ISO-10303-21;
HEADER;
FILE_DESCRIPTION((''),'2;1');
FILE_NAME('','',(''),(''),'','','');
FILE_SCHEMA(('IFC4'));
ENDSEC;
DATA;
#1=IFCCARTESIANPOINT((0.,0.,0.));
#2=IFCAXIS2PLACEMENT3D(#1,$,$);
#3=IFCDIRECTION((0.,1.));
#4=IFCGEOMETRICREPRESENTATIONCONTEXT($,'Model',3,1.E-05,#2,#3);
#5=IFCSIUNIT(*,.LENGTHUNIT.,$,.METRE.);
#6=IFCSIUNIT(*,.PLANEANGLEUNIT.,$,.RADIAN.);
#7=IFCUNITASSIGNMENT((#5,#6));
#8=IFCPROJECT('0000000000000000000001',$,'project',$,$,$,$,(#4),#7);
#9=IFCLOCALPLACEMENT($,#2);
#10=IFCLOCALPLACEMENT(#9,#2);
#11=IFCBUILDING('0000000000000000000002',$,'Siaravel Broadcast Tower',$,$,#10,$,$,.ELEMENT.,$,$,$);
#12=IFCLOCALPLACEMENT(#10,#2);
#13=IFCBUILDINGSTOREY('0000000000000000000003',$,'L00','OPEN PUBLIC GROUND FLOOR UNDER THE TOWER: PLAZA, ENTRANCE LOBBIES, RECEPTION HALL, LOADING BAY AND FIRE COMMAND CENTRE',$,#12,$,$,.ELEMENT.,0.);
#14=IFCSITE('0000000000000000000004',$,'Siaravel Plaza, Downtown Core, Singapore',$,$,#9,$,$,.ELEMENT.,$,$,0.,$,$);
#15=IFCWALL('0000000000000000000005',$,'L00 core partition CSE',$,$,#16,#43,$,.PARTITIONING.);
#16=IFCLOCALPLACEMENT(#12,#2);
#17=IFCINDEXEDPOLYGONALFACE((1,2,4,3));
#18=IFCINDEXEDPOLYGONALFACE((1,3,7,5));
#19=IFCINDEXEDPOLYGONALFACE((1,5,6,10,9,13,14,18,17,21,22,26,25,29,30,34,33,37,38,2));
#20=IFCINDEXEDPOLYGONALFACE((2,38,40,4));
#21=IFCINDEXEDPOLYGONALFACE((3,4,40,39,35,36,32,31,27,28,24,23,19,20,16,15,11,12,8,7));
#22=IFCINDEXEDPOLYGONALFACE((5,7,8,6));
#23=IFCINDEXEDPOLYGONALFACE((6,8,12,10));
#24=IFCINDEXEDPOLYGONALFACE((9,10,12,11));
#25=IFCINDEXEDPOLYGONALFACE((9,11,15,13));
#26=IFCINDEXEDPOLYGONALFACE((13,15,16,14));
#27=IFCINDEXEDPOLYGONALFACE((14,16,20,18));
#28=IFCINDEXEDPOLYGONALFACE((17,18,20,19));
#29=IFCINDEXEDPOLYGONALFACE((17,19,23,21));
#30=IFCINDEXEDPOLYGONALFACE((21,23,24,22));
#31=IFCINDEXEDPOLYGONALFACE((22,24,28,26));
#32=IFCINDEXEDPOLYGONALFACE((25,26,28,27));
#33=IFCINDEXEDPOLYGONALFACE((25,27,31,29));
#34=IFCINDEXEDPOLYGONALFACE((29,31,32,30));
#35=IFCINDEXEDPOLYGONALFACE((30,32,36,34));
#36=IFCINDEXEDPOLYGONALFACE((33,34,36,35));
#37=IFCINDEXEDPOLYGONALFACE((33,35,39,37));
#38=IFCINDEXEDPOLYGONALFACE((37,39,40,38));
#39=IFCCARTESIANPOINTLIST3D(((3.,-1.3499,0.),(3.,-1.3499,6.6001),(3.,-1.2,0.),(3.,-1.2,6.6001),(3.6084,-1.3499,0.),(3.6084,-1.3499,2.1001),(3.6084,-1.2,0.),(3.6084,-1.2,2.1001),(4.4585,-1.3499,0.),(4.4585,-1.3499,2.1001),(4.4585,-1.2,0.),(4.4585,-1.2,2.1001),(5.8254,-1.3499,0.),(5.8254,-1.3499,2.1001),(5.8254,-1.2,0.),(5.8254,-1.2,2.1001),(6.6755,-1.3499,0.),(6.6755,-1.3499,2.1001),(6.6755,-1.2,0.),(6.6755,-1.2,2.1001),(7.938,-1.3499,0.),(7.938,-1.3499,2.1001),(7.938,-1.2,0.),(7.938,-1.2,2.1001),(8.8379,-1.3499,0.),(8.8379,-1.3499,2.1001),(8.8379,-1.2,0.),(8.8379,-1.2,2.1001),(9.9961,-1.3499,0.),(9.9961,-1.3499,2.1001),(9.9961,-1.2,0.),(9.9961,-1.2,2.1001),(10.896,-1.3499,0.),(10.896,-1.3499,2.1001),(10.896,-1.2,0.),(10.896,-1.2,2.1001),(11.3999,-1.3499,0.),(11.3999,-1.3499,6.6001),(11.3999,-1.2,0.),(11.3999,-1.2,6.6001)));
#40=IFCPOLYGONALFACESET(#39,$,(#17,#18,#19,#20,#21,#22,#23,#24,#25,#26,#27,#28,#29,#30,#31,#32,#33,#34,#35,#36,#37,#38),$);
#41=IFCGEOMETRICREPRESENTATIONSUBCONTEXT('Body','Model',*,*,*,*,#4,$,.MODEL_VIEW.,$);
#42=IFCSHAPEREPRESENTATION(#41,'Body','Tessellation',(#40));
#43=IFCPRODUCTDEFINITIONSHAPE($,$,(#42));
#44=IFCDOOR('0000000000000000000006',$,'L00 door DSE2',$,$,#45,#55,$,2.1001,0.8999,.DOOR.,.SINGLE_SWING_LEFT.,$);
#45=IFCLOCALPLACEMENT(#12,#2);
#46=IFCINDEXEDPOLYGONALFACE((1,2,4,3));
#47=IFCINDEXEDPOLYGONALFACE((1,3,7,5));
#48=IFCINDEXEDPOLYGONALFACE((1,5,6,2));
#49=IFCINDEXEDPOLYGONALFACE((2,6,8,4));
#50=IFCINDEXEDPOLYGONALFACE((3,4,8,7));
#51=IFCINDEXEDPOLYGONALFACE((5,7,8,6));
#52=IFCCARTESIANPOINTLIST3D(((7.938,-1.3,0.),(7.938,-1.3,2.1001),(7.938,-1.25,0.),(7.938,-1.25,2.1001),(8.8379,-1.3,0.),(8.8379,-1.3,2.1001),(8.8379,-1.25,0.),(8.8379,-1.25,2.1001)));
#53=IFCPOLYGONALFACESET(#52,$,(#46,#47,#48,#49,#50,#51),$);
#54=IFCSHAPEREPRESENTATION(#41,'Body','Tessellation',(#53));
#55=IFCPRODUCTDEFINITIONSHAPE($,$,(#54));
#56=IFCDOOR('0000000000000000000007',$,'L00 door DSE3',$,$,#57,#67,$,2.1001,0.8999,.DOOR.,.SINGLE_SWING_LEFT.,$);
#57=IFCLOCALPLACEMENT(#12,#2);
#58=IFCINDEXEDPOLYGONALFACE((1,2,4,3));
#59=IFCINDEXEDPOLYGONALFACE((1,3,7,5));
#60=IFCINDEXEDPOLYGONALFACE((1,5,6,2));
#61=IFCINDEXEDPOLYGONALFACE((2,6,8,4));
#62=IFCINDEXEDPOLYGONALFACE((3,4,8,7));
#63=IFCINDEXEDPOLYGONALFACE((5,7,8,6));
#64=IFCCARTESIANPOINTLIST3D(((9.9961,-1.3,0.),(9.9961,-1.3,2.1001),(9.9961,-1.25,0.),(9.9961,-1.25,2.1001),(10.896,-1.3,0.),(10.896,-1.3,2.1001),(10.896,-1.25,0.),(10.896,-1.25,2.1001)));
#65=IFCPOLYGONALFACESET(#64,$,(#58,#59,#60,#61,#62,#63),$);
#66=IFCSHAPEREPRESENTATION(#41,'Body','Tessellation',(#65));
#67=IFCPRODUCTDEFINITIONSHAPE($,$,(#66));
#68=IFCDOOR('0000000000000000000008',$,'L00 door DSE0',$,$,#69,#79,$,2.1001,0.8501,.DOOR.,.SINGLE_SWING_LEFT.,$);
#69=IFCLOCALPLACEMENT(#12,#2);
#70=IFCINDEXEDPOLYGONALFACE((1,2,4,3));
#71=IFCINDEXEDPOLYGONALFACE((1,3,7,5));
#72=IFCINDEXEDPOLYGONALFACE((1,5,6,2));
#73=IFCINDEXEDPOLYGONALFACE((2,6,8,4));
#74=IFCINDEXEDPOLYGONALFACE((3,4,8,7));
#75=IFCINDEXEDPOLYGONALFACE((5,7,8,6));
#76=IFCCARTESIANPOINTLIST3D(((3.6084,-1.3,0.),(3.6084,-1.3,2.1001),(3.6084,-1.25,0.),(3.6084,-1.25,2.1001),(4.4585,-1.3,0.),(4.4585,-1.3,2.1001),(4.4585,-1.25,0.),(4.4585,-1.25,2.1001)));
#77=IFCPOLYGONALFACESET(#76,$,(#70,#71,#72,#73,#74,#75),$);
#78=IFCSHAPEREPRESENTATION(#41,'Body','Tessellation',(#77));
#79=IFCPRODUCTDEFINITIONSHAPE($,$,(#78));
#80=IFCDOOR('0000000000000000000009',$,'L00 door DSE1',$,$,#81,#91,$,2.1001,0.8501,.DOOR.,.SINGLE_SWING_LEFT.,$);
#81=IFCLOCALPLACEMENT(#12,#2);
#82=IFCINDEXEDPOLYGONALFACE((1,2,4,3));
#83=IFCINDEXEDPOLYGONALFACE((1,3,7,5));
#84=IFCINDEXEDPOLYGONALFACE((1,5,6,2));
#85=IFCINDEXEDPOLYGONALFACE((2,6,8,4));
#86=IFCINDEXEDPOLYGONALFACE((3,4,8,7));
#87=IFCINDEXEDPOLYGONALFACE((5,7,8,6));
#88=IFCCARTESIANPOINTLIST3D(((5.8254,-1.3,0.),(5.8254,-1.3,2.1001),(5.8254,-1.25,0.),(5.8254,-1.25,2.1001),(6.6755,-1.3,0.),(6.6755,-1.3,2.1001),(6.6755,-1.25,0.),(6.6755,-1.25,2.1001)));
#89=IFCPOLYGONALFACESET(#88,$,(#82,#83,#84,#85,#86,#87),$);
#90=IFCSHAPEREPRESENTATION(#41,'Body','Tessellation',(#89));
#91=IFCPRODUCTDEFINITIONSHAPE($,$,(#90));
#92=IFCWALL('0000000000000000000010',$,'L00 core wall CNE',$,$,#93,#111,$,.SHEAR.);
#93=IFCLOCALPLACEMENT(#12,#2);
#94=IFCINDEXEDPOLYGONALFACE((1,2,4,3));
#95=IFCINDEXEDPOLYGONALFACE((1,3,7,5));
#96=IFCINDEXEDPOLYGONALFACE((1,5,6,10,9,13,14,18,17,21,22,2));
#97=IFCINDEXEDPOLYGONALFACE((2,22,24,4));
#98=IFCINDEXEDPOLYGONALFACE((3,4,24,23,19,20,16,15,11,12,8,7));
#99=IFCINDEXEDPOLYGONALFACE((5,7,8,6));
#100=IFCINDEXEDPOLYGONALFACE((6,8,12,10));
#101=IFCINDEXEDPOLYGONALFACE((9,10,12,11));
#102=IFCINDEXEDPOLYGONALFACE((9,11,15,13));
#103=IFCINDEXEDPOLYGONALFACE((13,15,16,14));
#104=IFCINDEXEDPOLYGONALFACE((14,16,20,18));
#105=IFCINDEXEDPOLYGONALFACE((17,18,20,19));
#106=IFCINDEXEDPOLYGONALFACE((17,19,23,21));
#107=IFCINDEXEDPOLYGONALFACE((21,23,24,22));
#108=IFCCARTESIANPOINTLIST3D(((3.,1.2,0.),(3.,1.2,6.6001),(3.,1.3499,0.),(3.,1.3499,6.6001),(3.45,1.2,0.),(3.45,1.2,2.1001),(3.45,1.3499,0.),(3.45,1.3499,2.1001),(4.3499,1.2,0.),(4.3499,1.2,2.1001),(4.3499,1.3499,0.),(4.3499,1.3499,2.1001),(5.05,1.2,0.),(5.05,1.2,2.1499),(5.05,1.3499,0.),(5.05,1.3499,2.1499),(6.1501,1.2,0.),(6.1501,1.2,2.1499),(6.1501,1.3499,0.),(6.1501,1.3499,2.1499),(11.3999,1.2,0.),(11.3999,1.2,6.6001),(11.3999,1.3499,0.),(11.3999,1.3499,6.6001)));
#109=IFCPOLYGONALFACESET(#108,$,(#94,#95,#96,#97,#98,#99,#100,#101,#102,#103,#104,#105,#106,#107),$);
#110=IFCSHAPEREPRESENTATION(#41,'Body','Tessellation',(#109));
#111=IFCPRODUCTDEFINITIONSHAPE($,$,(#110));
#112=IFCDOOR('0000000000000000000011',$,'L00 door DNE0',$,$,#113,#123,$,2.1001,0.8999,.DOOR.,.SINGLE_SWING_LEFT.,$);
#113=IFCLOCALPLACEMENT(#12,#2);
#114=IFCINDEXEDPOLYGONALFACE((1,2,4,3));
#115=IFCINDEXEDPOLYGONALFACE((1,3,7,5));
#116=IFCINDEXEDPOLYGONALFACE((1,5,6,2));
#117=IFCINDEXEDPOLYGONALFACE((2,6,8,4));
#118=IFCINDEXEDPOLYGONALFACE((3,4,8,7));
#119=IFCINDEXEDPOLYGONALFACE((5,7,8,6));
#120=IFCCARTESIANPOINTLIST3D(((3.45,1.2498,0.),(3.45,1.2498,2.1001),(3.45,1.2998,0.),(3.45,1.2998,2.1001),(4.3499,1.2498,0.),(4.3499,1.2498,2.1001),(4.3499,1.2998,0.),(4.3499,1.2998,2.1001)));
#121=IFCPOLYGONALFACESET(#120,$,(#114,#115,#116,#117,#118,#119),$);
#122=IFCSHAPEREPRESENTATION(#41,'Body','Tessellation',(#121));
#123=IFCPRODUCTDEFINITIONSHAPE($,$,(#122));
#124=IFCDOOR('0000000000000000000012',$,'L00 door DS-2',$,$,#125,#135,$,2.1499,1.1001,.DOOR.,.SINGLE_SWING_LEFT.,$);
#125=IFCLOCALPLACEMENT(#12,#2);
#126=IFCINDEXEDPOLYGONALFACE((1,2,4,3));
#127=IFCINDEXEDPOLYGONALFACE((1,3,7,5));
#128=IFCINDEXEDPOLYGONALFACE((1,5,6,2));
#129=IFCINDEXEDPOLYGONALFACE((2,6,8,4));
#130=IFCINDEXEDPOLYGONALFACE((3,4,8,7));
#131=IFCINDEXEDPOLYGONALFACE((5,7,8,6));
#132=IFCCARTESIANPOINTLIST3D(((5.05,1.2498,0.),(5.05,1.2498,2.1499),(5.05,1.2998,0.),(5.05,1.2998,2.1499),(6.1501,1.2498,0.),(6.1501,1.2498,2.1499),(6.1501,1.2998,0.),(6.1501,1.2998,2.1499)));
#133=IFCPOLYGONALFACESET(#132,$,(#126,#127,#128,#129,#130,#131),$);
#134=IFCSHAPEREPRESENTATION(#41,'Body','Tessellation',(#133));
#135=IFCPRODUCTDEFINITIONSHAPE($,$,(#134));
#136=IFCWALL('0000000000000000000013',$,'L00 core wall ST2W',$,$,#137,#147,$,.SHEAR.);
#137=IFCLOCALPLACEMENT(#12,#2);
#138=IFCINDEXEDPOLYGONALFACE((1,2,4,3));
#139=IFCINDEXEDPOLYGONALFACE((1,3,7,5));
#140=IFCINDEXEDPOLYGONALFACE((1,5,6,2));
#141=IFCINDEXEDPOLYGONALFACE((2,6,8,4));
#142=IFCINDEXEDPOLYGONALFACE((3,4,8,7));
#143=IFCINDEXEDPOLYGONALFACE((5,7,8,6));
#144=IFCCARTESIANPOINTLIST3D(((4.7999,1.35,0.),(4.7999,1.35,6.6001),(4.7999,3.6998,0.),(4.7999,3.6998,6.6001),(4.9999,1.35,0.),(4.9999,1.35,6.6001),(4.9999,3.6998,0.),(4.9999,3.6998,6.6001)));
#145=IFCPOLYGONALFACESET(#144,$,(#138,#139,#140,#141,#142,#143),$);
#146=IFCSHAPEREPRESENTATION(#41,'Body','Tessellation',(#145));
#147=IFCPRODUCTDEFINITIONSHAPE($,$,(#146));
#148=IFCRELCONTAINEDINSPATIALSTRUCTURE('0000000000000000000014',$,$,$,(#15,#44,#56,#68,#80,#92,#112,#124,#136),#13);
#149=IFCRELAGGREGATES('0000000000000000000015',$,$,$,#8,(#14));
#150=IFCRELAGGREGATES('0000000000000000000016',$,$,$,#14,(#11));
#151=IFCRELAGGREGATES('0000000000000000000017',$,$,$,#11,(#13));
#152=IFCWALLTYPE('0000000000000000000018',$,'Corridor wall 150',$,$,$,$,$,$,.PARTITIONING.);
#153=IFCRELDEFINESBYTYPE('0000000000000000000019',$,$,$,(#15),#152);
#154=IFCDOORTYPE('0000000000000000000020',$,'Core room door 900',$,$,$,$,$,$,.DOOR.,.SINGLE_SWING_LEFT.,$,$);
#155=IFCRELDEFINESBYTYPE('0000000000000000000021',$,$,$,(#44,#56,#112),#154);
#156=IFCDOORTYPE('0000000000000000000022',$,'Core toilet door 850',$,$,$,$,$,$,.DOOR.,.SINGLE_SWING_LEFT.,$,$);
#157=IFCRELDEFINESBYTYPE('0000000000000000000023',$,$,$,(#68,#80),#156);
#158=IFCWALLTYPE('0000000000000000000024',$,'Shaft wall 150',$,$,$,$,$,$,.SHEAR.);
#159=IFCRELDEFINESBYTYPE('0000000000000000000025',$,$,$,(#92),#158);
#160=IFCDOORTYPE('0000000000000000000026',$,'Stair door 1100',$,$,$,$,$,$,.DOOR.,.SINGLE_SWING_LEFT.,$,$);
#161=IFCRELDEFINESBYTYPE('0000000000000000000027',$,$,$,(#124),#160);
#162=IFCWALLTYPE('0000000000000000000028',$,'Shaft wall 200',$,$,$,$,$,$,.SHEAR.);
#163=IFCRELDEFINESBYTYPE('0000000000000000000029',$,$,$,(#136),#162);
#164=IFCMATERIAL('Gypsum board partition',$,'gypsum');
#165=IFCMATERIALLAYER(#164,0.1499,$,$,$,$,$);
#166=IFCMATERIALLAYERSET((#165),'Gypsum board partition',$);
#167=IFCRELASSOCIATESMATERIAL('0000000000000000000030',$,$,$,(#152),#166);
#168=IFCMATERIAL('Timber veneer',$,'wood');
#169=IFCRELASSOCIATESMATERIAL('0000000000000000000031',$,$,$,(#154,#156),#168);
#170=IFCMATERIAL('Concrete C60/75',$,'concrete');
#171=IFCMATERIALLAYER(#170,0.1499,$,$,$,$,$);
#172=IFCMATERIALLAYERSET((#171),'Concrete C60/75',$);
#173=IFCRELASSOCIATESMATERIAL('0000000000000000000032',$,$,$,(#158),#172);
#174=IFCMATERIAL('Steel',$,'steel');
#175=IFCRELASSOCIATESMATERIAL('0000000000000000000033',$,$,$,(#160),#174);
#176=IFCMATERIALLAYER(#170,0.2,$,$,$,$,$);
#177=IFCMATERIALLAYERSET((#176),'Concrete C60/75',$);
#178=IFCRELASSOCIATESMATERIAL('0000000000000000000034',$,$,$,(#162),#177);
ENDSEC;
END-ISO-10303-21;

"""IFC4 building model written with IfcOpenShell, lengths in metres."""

from ifc_helpers import new_model, si_unit, direction, frame, frame_2d, origin, place, context, subcontext, project, spatial, rectangle, extrude, material, layer, layer_set, type_object, element, fill, save


model = new_model("IFC4")

# Units and contexts
model_context = context("Model", 3, precision=1e-05, world=origin(), true_north=direction((0.0, 1.0)))
body_context = subcontext(model_context, "Body", "Model", "MODEL_VIEW")
ifc_project = project(units=[si_unit("LENGTHUNIT", "METRE"), si_unit("PLANEANGLEUNIT", "RADIAN")], contexts=[model_context])

# Site, building, storey
site_placement = place(None, origin())
site = spatial("IfcSite", under=ifc_project, at=site_placement, Name="Siaravel Plaza, Downtown Core, Singapore", CompositionType="ELEMENT", RefElevation=0.0)
building_placement = place(site_placement, origin())
building = spatial("IfcBuilding", under=site, at=building_placement, Name="Siaravel Broadcast Tower", CompositionType="ELEMENT")
storey_placement = place(building_placement, origin())
storey = spatial("IfcBuildingStorey", under=building, at=storey_placement, Name="L00", Description="OPEN PUBLIC GROUND FLOOR UNDER THE TOWER: PLAZA, ENTRANCE LOBBIES, RECEPTION HALL, LOADING BAY AND FIRE COMMAND CENTRE", CompositionType="ELEMENT", Elevation=0.0)

# Walls, openings, doors
ifc_material_1 = material(Name="Gypsum board partition", Category="gypsum")
ifc_layer_1 = layer(ifc_material_1, 0.1499)
ifc_layer_set_1 = layer_set([ifc_layer_1], Name="Gypsum board partition")
wall_type_1 = type_object("IfcWallType", Name="Corridor wall 150", PredefinedType="PARTITIONING", material=ifc_layer_set_1)
wall_1_placement = place(storey_placement, frame((3.0, -1.2749, 0.0), z_axis=(0.0, 0.0, 1.0), x_axis=(1.0, 0.0, 0.0)))
wall_1 = element("IfcWall", 1, at=wall_1_placement, inside=storey, type_object=wall_type_1, Name="L00 core partition CSE", PredefinedType="PARTITIONING", context=body_context, shape_type="SweptSolid", body=[
    extrude(rectangle(XDim=8.3999, YDim=0.1499, at=frame_2d((4.2, 0.0))), origin(), (0.0, 0.0, 1.0), 6.6001),
])
opening_1_placement = place(wall_1_placement, frame((0.6084, 0.0, 0.0)))
opening_1 = element("IfcOpeningElement", 2, at=opening_1_placement, cuts=wall_1, PredefinedType="OPENING", context=body_context, shape_type="SweptSolid", body=[
    extrude(rectangle(XDim=0.8501, YDim=2.1001, at=frame_2d((0.425, 1.05))), frame((0.0, 0.085, 0.0), z_axis=(0.0, -1.0, 0.0), x_axis=(1.0, 0.0, 0.0)), (0.0, 0.0, 1.0), 0.1699),
])
opening_2_placement = place(wall_1_placement, frame((2.8254, 0.0, 0.0)))
opening_2 = element("IfcOpeningElement", 3, at=opening_2_placement, cuts=wall_1, PredefinedType="OPENING", context=body_context, shape_type="SweptSolid", body=[
    extrude(rectangle(XDim=0.8501, YDim=2.1001, at=frame_2d((0.425, 1.05))), frame((0.0, 0.085, 0.0), z_axis=(0.0, -1.0, 0.0), x_axis=(1.0, 0.0, 0.0)), (0.0, 0.0, 1.0), 0.1699),
])
opening_3_placement = place(wall_1_placement, frame((4.938, 0.0, 0.0)))
opening_3 = element("IfcOpeningElement", 4, at=opening_3_placement, cuts=wall_1, PredefinedType="OPENING", context=body_context, shape_type="SweptSolid", body=[
    extrude(rectangle(XDim=0.8999, YDim=2.1001, at=frame_2d((0.45, 1.05))), frame((0.0, 0.085, 0.0), z_axis=(0.0, -1.0, 0.0), x_axis=(1.0, 0.0, 0.0)), (0.0, 0.0, 1.0), 0.1699),
])
opening_4_placement = place(wall_1_placement, frame((6.9961, 0.0, 0.0)))
opening_4 = element("IfcOpeningElement", 5, at=opening_4_placement, cuts=wall_1, PredefinedType="OPENING", context=body_context, shape_type="SweptSolid", body=[
    extrude(rectangle(XDim=0.8999, YDim=2.1001, at=frame_2d((0.45, 1.05))), frame((0.0, 0.085, 0.0), z_axis=(0.0, -1.0, 0.0), x_axis=(1.0, 0.0, 0.0)), (0.0, 0.0, 1.0), 0.1699),
])
ifc_material_2 = material(Name="Timber veneer", Category="wood")
door_type_1 = type_object("IfcDoorType", Name="Core room door 900", OperationType="SINGLE_SWING_LEFT", PredefinedType="DOOR", material=ifc_material_2)
door_1_placement = place(opening_3_placement, origin())
door_1 = element("IfcDoor", 6, at=door_1_placement, inside=storey, type_object=door_type_1, Name="L00 door DSE2", OperationType="SINGLE_SWING_LEFT", OverallHeight=2.1001, OverallWidth=0.8999, PredefinedType="DOOR", context=body_context, shape_type="SweptSolid", body=[
    extrude(rectangle(XDim=0.8999, YDim=2.1001, at=frame_2d((0.45, 1.05))), frame((0.0, 0.0249, 0.0), z_axis=(0.0, -1.0, 0.0), x_axis=(1.0, 0.0, 0.0)), (0.0, 0.0, 1.0), 0.05),
])
fill(opening_3, door_1)
door_2_placement = place(opening_4_placement, origin())
door_2 = element("IfcDoor", 7, at=door_2_placement, inside=storey, type_object=door_type_1, Name="L00 door DSE3", OperationType="SINGLE_SWING_LEFT", OverallHeight=2.1001, OverallWidth=0.8999, PredefinedType="DOOR", context=body_context, shape_type="SweptSolid", body=[
    extrude(rectangle(XDim=0.8999, YDim=2.1001, at=frame_2d((0.45, 1.05))), frame((0.0, 0.0249, 0.0), z_axis=(0.0, -1.0, 0.0), x_axis=(1.0, 0.0, 0.0)), (0.0, 0.0, 1.0), 0.05),
])
fill(opening_4, door_2)
door_type_2 = type_object("IfcDoorType", Name="Core toilet door 850", OperationType="SINGLE_SWING_LEFT", PredefinedType="DOOR", material=ifc_material_2)
door_3_placement = place(opening_1_placement, origin())
door_3 = element("IfcDoor", 8, at=door_3_placement, inside=storey, type_object=door_type_2, Name="L00 door DSE0", OperationType="SINGLE_SWING_LEFT", OverallHeight=2.1001, OverallWidth=0.8501, PredefinedType="DOOR", context=body_context, shape_type="SweptSolid", body=[
    extrude(rectangle(XDim=0.8501, YDim=2.1001, at=frame_2d((0.425, 1.05))), frame((0.0, 0.0249, 0.0), z_axis=(0.0, -1.0, 0.0), x_axis=(1.0, 0.0, 0.0)), (0.0, 0.0, 1.0), 0.05),
])
fill(opening_1, door_3)
door_4_placement = place(opening_2_placement, origin())
door_4 = element("IfcDoor", 9, at=door_4_placement, inside=storey, type_object=door_type_2, Name="L00 door DSE1", OperationType="SINGLE_SWING_LEFT", OverallHeight=2.1001, OverallWidth=0.8501, PredefinedType="DOOR", context=body_context, shape_type="SweptSolid", body=[
    extrude(rectangle(XDim=0.8501, YDim=2.1001, at=frame_2d((0.425, 1.05))), frame((0.0, 0.0249, 0.0), z_axis=(0.0, -1.0, 0.0), x_axis=(1.0, 0.0, 0.0)), (0.0, 0.0, 1.0), 0.05),
])
fill(opening_2, door_4)
ifc_material_3 = material(Name="Concrete C60/75", Category="concrete")
ifc_layer_2 = layer(ifc_material_3, 0.1499)
ifc_layer_set_2 = layer_set([ifc_layer_2], Name="Concrete C60/75")
wall_type_2 = type_object("IfcWallType", Name="Shaft wall 150", PredefinedType="SHEAR", material=ifc_layer_set_2)
wall_2_placement = place(storey_placement, frame((3.0, 1.2749, 0.0), z_axis=(0.0, 0.0, 1.0), x_axis=(1.0, 0.0, 0.0)))
wall_2 = element("IfcWall", 10, at=wall_2_placement, inside=storey, type_object=wall_type_2, Name="L00 core wall CNE", PredefinedType="SHEAR", context=body_context, shape_type="SweptSolid", body=[
    extrude(rectangle(XDim=8.3999, YDim=0.1499, at=frame_2d((4.2, 0.0))), origin(), (0.0, 0.0, 1.0), 6.6001),
])
opening_5_placement = place(wall_2_placement, frame((2.05, 0.0, 0.0)))
opening_5 = element("IfcOpeningElement", 11, at=opening_5_placement, cuts=wall_2, PredefinedType="OPENING", context=body_context, shape_type="SweptSolid", body=[
    extrude(rectangle(XDim=1.1001, YDim=2.1499, at=frame_2d((0.55, 1.075))), frame((0.0, 0.085, 0.0), z_axis=(0.0, -1.0, 0.0), x_axis=(1.0, 0.0, 0.0)), (0.0, 0.0, 1.0), 0.1699),
])
opening_6_placement = place(wall_2_placement, frame((0.45, 0.0, 0.0)))
opening_6 = element("IfcOpeningElement", 12, at=opening_6_placement, cuts=wall_2, PredefinedType="OPENING", context=body_context, shape_type="SweptSolid", body=[
    extrude(rectangle(XDim=0.8999, YDim=2.1001, at=frame_2d((0.45, 1.05))), frame((0.0, 0.085, 0.0), z_axis=(0.0, -1.0, 0.0), x_axis=(1.0, 0.0, 0.0)), (0.0, 0.0, 1.0), 0.1699),
])
door_5_placement = place(opening_6_placement, origin())
door_5 = element("IfcDoor", 13, at=door_5_placement, inside=storey, type_object=door_type_1, Name="L00 door DNE0", OperationType="SINGLE_SWING_LEFT", OverallHeight=2.1001, OverallWidth=0.8999, PredefinedType="DOOR", context=body_context, shape_type="SweptSolid", body=[
    extrude(rectangle(XDim=0.8999, YDim=2.1001, at=frame_2d((0.45, 1.05))), frame((0.0, 0.0249, 0.0), z_axis=(0.0, -1.0, 0.0), x_axis=(1.0, 0.0, 0.0)), (0.0, 0.0, 1.0), 0.05),
])
fill(opening_6, door_5)
ifc_material_4 = material(Name="Steel", Category="steel")
door_type_3 = type_object("IfcDoorType", Name="Stair door 1100", OperationType="SINGLE_SWING_LEFT", PredefinedType="DOOR", material=ifc_material_4)
door_6_placement = place(opening_5_placement, origin())
door_6 = element("IfcDoor", 14, at=door_6_placement, inside=storey, type_object=door_type_3, Name="L00 door DS-2", OperationType="SINGLE_SWING_LEFT", OverallHeight=2.1499, OverallWidth=1.1001, PredefinedType="DOOR", context=body_context, shape_type="SweptSolid", body=[
    extrude(rectangle(XDim=1.1001, YDim=2.1499, at=frame_2d((0.55, 1.075))), frame((0.0, 0.0249, 0.0), z_axis=(0.0, -1.0, 0.0), x_axis=(1.0, 0.0, 0.0)), (0.0, 0.0, 1.0), 0.05),
])
fill(opening_5, door_6)

# Wall
ifc_layer_3 = layer(ifc_material_3, 0.2)
ifc_layer_set_3 = layer_set([ifc_layer_3], Name="Concrete C60/75")
wall_type_3 = type_object("IfcWallType", Name="Shaft wall 200", PredefinedType="SHEAR", material=ifc_layer_set_3)
wall_3_placement = place(storey_placement, frame((4.8999, 1.3501, 0.0), z_axis=(0.0, 0.0, 1.0), x_axis=(0.0, 1.0, 0.0)))
element("IfcWall", 15, at=wall_3_placement, inside=storey, type_object=wall_type_3, Name="L00 core wall ST2W", PredefinedType="SHEAR", context=body_context, shape_type="SweptSolid", body=[
    extrude(rectangle(XDim=2.3499, YDim=0.2, at=frame_2d((1.1748, 0.0))), origin(), (0.0, 0.0, 1.0), 6.6001),
])

save(model, "model.ifc")
